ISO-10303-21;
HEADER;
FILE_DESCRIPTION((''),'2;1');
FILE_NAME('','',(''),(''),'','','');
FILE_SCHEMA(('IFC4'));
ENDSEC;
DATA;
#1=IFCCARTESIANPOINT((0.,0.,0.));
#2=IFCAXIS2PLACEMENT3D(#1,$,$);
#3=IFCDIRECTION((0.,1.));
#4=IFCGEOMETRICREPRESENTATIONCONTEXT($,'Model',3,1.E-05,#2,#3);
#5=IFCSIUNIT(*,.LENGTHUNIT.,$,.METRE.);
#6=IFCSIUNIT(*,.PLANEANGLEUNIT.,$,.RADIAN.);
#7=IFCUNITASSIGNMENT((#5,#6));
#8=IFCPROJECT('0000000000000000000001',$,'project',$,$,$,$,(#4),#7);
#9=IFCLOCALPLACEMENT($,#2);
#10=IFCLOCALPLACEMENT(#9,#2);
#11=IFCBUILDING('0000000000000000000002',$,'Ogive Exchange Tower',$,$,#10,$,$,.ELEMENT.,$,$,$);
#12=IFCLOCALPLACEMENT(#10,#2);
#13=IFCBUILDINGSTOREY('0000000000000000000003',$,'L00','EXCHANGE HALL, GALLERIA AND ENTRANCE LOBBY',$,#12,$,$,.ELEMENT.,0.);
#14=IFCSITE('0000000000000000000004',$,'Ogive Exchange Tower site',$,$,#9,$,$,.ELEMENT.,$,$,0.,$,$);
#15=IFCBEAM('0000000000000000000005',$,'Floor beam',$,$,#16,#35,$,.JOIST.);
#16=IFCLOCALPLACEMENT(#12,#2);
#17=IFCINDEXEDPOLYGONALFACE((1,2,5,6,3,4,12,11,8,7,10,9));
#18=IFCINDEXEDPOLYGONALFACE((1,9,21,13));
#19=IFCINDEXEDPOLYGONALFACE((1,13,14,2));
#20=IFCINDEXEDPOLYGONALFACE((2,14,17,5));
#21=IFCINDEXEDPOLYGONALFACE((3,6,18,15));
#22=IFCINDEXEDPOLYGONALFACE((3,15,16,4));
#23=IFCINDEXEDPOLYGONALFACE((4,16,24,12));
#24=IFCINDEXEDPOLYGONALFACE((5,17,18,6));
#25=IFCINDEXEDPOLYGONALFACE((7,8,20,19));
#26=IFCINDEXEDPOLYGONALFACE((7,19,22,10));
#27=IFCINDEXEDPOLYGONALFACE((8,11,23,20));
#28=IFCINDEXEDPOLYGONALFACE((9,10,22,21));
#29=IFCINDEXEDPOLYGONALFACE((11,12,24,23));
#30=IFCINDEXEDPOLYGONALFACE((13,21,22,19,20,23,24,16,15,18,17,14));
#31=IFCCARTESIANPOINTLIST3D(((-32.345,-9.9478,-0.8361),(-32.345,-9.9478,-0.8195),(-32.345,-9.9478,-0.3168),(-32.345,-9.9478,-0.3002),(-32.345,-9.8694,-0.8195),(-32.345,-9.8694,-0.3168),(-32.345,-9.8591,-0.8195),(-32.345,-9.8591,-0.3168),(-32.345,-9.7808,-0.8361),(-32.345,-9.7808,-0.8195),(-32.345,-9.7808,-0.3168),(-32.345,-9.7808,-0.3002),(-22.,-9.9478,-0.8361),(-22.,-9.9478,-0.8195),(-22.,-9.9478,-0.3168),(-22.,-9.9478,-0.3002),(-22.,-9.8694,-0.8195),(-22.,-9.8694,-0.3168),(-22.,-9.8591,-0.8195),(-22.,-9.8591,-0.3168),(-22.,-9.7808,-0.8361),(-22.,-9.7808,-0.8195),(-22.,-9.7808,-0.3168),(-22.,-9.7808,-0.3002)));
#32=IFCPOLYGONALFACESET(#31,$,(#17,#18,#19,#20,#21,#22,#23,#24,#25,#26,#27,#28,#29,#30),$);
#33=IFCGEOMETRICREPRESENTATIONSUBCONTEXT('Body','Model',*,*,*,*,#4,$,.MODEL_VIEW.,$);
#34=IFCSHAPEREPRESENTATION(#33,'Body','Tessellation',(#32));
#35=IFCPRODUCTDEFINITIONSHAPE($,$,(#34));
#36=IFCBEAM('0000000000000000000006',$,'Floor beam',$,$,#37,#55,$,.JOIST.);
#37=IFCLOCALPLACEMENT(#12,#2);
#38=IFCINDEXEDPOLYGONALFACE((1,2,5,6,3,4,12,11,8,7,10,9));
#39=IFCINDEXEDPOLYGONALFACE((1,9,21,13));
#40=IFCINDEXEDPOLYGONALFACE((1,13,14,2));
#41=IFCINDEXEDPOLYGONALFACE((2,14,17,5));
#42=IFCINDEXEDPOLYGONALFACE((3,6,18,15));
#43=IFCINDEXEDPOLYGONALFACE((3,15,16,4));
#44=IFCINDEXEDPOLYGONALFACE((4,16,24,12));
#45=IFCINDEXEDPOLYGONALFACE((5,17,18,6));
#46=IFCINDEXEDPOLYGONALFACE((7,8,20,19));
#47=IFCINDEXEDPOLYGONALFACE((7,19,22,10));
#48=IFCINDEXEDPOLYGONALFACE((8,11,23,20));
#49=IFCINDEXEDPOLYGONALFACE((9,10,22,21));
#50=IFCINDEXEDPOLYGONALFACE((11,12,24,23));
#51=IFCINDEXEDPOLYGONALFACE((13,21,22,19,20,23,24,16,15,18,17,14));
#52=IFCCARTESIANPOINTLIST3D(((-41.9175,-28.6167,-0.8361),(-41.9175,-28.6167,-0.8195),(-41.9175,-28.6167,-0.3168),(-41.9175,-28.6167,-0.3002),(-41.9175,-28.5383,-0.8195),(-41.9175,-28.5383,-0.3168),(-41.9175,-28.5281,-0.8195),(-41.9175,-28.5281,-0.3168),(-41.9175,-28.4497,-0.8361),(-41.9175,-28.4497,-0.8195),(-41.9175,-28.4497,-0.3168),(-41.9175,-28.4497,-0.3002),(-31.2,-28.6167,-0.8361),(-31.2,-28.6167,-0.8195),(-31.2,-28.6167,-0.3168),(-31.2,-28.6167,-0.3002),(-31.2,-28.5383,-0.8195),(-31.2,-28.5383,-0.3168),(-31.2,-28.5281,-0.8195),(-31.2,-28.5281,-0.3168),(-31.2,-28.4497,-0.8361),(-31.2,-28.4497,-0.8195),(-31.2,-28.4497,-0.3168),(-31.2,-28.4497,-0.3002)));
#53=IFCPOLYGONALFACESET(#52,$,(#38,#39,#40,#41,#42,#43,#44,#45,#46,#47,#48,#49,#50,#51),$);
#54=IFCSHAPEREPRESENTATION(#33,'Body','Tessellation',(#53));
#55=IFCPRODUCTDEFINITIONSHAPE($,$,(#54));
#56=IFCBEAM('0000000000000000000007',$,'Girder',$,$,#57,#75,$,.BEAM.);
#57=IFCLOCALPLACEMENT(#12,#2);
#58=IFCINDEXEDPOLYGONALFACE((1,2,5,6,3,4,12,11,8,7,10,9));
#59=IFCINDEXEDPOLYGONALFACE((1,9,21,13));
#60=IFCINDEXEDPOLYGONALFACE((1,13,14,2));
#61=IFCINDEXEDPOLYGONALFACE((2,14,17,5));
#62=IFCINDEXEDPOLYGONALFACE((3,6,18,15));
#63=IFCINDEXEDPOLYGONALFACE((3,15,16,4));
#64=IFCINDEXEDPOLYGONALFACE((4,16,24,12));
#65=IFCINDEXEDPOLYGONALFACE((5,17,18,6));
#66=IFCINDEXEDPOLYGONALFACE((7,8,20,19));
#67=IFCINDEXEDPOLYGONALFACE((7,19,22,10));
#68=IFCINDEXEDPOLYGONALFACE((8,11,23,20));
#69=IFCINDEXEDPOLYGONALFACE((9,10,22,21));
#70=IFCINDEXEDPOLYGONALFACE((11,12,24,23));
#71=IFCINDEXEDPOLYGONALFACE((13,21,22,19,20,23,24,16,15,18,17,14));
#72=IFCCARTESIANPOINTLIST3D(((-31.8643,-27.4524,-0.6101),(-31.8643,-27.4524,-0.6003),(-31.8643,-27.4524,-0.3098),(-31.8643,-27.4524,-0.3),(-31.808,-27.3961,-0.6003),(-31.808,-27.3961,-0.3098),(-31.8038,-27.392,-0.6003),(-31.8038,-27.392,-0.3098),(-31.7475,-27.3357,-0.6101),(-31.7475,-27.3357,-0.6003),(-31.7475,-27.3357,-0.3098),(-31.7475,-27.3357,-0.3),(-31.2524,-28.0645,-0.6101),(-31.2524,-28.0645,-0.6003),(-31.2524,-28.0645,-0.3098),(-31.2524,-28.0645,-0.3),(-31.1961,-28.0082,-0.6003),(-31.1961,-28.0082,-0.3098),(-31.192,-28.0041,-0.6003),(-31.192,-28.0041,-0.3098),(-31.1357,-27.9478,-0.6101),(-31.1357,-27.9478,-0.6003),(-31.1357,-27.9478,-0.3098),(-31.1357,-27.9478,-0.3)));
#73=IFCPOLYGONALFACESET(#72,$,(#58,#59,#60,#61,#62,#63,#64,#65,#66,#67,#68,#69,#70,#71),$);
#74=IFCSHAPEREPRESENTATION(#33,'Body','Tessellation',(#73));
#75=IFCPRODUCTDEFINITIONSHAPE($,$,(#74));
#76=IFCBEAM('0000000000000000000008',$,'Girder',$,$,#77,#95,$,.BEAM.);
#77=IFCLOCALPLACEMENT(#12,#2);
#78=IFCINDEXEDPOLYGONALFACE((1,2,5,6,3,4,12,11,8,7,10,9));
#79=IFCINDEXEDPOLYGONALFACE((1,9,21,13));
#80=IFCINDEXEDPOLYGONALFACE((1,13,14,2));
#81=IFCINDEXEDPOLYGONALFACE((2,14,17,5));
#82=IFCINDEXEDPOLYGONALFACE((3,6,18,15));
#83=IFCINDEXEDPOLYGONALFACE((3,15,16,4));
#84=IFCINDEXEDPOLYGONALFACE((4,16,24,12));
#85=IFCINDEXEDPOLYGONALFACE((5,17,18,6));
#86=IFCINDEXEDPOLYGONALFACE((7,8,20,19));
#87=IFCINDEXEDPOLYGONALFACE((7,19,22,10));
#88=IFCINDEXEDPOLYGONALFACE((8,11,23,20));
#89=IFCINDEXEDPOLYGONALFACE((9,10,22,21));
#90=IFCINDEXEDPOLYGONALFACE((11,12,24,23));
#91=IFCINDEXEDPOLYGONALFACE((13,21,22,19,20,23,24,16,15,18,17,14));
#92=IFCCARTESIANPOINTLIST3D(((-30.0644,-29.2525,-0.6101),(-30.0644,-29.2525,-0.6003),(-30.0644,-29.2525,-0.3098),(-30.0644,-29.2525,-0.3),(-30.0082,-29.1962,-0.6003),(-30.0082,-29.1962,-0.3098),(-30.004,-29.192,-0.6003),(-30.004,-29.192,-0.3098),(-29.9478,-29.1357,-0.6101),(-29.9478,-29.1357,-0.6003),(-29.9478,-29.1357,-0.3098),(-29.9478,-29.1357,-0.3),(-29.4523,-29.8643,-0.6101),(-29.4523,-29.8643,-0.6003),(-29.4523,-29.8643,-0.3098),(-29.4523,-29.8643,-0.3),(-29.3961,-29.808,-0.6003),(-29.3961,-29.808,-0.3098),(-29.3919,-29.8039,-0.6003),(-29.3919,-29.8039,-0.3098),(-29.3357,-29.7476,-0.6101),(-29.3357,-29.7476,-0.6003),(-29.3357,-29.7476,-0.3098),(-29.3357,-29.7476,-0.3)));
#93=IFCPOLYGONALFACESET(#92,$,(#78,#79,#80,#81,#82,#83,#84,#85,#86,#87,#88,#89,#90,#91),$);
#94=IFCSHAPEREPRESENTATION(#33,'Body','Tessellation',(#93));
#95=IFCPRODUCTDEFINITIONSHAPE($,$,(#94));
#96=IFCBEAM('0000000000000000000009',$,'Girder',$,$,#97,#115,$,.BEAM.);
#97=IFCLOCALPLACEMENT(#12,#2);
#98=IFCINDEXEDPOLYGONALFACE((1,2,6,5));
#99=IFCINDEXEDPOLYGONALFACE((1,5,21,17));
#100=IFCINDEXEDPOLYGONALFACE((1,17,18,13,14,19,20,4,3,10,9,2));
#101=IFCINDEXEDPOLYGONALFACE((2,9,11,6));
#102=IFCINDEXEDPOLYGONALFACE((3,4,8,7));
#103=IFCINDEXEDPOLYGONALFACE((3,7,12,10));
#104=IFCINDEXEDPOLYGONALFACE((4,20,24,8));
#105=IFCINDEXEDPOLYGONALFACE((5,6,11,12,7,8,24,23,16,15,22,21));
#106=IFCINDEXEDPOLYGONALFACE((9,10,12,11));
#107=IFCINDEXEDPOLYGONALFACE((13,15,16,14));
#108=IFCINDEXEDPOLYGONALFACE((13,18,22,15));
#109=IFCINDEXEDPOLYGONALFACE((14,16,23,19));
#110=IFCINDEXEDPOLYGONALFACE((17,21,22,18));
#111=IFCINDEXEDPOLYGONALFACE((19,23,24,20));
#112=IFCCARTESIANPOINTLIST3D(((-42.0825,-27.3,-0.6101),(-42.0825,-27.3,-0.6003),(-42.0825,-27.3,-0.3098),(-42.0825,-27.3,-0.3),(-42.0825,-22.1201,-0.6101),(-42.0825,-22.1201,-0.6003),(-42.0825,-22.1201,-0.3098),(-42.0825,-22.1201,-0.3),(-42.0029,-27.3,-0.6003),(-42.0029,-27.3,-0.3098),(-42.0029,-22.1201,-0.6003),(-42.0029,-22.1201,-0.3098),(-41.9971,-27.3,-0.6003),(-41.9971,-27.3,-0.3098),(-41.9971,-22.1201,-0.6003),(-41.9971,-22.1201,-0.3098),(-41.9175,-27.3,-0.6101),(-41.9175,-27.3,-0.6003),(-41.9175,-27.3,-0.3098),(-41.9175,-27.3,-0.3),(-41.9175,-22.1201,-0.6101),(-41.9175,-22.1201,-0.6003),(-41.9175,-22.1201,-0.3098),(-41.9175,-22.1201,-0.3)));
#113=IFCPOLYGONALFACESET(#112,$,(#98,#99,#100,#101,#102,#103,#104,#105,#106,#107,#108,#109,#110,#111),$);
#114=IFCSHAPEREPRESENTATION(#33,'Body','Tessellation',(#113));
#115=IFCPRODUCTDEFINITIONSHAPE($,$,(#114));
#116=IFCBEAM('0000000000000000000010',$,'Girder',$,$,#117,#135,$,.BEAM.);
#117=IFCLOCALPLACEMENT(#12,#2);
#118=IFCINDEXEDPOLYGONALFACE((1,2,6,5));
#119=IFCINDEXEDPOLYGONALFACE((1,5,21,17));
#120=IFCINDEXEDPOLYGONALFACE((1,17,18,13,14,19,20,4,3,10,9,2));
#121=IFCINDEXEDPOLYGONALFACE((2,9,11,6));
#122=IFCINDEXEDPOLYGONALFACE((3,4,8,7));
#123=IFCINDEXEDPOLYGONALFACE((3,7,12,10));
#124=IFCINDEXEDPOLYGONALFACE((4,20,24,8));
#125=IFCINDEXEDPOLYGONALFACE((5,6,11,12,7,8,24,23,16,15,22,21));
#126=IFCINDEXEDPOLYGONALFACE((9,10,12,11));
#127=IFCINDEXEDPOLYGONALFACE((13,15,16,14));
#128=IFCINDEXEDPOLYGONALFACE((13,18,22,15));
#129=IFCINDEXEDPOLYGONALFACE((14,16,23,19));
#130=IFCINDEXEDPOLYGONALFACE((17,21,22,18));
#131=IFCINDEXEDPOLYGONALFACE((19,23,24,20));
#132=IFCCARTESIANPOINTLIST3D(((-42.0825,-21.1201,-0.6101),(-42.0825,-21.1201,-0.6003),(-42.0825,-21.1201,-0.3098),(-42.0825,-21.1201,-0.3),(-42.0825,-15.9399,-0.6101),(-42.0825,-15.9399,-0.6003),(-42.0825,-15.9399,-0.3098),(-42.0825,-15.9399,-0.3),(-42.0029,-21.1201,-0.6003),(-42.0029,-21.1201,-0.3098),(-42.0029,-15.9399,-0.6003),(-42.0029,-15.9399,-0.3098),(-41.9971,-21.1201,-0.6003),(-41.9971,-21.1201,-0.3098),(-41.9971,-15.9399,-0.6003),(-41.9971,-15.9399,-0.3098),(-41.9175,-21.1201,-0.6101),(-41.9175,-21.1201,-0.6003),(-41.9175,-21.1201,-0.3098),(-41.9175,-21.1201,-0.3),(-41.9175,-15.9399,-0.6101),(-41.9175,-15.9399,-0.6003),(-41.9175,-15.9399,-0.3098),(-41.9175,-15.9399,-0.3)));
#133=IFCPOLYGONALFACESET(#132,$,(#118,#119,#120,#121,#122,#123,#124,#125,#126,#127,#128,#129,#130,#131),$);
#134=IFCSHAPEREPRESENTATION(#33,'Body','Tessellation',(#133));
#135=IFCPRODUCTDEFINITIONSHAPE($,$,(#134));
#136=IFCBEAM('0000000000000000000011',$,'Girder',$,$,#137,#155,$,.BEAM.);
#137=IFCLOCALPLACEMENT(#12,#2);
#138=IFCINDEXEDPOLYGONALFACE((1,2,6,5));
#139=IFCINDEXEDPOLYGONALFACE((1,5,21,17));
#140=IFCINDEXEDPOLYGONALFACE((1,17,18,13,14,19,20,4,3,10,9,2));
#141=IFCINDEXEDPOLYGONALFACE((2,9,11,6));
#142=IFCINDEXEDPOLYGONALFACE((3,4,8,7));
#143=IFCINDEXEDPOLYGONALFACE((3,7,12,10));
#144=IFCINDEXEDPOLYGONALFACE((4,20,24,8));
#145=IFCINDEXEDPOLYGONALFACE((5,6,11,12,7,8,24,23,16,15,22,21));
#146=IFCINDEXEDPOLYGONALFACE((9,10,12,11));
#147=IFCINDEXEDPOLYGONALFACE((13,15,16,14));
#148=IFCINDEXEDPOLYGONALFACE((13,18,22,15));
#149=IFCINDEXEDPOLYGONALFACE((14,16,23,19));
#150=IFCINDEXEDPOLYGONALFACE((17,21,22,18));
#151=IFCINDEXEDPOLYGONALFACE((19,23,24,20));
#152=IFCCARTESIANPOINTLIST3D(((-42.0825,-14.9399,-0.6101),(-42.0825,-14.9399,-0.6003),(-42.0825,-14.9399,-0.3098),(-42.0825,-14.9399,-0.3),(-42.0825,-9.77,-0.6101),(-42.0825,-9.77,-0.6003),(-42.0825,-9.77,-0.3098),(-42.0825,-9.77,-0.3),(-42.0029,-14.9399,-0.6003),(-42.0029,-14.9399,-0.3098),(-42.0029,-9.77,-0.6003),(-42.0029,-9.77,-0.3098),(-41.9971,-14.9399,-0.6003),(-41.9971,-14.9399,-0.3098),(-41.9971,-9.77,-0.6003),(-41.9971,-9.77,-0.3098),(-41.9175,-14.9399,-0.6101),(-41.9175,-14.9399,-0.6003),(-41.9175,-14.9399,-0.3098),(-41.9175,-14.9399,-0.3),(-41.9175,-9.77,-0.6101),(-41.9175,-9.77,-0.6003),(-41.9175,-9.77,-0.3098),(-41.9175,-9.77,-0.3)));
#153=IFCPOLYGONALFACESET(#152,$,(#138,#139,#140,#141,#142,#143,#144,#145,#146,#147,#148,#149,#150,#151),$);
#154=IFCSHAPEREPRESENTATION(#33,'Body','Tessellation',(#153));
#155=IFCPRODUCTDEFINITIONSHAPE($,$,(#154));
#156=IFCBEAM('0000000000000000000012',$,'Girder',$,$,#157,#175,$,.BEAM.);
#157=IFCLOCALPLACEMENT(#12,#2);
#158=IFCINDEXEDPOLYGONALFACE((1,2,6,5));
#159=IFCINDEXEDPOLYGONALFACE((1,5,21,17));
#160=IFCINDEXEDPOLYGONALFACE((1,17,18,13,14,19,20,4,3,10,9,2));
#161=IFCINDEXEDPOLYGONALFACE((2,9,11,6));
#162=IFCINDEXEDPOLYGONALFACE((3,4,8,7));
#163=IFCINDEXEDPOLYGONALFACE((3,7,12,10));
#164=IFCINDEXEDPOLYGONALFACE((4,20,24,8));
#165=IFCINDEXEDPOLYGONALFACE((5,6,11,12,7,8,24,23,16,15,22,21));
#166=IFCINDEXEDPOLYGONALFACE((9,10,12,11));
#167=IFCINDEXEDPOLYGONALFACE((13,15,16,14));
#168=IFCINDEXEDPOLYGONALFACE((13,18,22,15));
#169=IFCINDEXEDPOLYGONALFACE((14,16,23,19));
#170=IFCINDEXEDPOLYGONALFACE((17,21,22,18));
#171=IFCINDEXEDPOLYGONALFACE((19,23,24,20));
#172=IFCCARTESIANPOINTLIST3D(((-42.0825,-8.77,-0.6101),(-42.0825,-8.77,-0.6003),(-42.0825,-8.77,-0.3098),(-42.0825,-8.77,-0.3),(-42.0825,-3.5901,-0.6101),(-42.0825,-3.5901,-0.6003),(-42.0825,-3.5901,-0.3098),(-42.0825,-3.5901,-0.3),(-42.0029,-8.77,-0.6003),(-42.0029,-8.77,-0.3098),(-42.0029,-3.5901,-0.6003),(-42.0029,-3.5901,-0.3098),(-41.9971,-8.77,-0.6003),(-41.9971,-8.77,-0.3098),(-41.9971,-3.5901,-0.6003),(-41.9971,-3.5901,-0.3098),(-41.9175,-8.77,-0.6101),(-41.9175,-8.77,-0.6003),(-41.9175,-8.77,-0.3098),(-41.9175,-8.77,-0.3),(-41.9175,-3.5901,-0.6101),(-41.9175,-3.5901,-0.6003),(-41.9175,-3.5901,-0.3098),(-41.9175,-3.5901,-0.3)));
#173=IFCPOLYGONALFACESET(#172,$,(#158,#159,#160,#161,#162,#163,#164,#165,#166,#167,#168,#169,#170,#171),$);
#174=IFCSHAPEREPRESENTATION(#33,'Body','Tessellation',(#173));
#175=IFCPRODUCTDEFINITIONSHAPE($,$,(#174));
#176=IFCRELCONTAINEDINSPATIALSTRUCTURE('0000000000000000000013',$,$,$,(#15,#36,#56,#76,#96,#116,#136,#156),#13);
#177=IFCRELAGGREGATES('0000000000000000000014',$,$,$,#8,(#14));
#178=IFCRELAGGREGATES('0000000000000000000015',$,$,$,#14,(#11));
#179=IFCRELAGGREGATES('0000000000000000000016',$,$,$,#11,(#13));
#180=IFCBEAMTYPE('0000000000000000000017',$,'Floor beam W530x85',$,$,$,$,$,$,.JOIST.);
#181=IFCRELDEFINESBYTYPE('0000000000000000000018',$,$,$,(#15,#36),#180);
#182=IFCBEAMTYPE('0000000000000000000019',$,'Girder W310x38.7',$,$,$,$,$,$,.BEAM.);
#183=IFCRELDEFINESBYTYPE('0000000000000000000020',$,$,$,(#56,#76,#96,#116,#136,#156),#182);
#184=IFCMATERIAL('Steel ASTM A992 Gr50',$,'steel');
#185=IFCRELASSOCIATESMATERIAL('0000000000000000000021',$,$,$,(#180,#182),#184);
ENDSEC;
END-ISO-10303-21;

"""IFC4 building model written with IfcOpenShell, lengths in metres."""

from ifc_helpers import new_model, si_unit, direction, frame, origin, origin_2d, place, context, subcontext, project, spatial, i_section, extrude, material, material_profile, profile_set, type_object, element, save


model = new_model("IFC4")

# Units and contexts
model_context = context("Model", 3, precision=1e-05, world=origin(), true_north=direction((0.0, 1.0)))
body_context = subcontext(model_context, "Body", "Model", "MODEL_VIEW")
ifc_project = project(units=[si_unit("LENGTHUNIT", "METRE"), si_unit("PLANEANGLEUNIT", "RADIAN")], contexts=[model_context])

# Site, building, storey
site_placement = place(None, origin())
site = spatial("IfcSite", under=ifc_project, at=site_placement, Name="Ogive Exchange Tower site", CompositionType="ELEMENT", RefElevation=0.0)
building_placement = place(site_placement, origin())
building = spatial("IfcBuilding", under=site, at=building_placement, Name="Ogive Exchange Tower", CompositionType="ELEMENT")
storey_placement = place(building_placement, origin())
storey = spatial("IfcBuildingStorey", under=building, at=storey_placement, Name="L00", Description="EXCHANGE HALL, GALLERIA AND ENTRANCE LOBBY", CompositionType="ELEMENT", Elevation=0.0)

# Beams
ifc_material_1 = material(Name="Steel ASTM A992 Gr50", Category="steel")
ifc_material_profile_1 = material_profile(ifc_material_1, i_section(OverallWidth=0.167, OverallDepth=0.5359, WebThickness=0.0103, FlangeThickness=0.0166, at=origin_2d()), Name="W530x85")
ifc_profile_set_1 = profile_set([ifc_material_profile_1], Name="Steel ASTM A992 Gr50")
beam_type_1 = type_object("IfcBeamType", Name="Floor beam W530x85", PredefinedType="JOIST", material=ifc_profile_set_1)
beam_1_placement = place(storey_placement, frame((-32.345, -9.8643, -0.5681), z_axis=(1.0, 0.0, 0.0), x_axis=(0.0, 1.0, 0.0)))
element("IfcBeam", 1, at=beam_1_placement, inside=storey, type_object=beam_type_1, Name="Floor beam", PredefinedType="JOIST", context=body_context, shape_type="SweptSolid", body=[
    extrude(i_section(OverallWidth=0.167, OverallDepth=0.5359, WebThickness=0.0103, FlangeThickness=0.0166, at=origin_2d()), origin(), (0.0, 0.0, 1.0), 10.345),
])
beam_2_placement = place(storey_placement, frame((-41.9175, -28.5332, -0.5681), z_axis=(1.0, 0.0, 0.0), x_axis=(0.0, 1.0, 0.0)))
element("IfcBeam", 2, at=beam_2_placement, inside=storey, type_object=beam_type_1, Name="Floor beam", PredefinedType="JOIST", context=body_context, shape_type="SweptSolid", body=[
    extrude(i_section(OverallWidth=0.167, OverallDepth=0.5359, WebThickness=0.0103, FlangeThickness=0.0166, at=origin_2d()), origin(), (0.0, 0.0, 1.0), 10.7175),
])
ifc_material_profile_2 = material_profile(ifc_material_1, i_section(OverallWidth=0.165, OverallDepth=0.3101, WebThickness=0.0059, FlangeThickness=0.0098, at=origin_2d()), Name="W310x38.7")
ifc_profile_set_2 = profile_set([ifc_material_profile_2], Name="Steel ASTM A992 Gr50")
beam_type_2 = type_object("IfcBeamType", Name="Girder W310x38.7", PredefinedType="BEAM", material=ifc_profile_set_2)
for number, where, z_axis, x_axis, name in (
    (3, (-31.8059, -27.394, -0.4551), (0.706966, -0.707248, 0.0), (0.707248, 0.706966, 0.0), "Girder"),
    (4, (-30.0061, -29.1941, -0.4551), (0.707248, -0.706966, 0.0), (0.706966, 0.707248, 0.0), "Girder"),
):
    element("IfcBeam", number, at=place(storey_placement, frame(where, z_axis=z_axis, x_axis=x_axis)), inside=storey, type_object=beam_type_2, Name=name, PredefinedType="BEAM", context=body_context, shape_type="SweptSolid", body=[
        extrude(i_section(OverallWidth=0.165, OverallDepth=0.3101, WebThickness=0.0059, FlangeThickness=0.0098, at=origin_2d()), origin(), (0.0, 0.0, 1.0), 0.8655),
    ])
beam_3_placement = place(storey_placement, frame((-42.0, -27.3, -0.4551), z_axis=(0.0, 1.0, 0.0), x_axis=(-1.0, 0.0, 0.0)))
element("IfcBeam", 5, at=beam_3_placement, inside=storey, type_object=beam_type_2, Name="Girder", PredefinedType="BEAM", context=body_context, shape_type="SweptSolid", body=[
    extrude(i_section(OverallWidth=0.165, OverallDepth=0.3101, WebThickness=0.0059, FlangeThickness=0.0098, at=origin_2d()), origin(), (0.0, 0.0, 1.0), 5.1799),
])
beam_4_placement = place(storey_placement, frame((-42.0, -21.1201, -0.4551), z_axis=(0.0, 1.0, 0.0), x_axis=(-1.0, 0.0, 0.0)))
element("IfcBeam", 6, at=beam_4_placement, inside=storey, type_object=beam_type_2, Name="Girder", PredefinedType="BEAM", context=body_context, shape_type="SweptSolid", body=[
    extrude(i_section(OverallWidth=0.165, OverallDepth=0.3101, WebThickness=0.0059, FlangeThickness=0.0098, at=origin_2d()), origin(), (0.0, 0.0, 1.0), 5.1802),
])
beam_5_placement = place(storey_placement, frame((-42.0, -14.9399, -0.4551), z_axis=(0.0, 1.0, 0.0), x_axis=(-1.0, 0.0, 0.0)))
element("IfcBeam", 7, at=beam_5_placement, inside=storey, type_object=beam_type_2, Name="Girder", PredefinedType="BEAM", context=body_context, shape_type="SweptSolid", body=[
    extrude(i_section(OverallWidth=0.165, OverallDepth=0.3101, WebThickness=0.0059, FlangeThickness=0.0098, at=origin_2d()), origin(), (0.0, 0.0, 1.0), 5.1699),
])
beam_6_placement = place(storey_placement, frame((-42.0, -8.77, -0.4551), z_axis=(0.0, 1.0, 0.0), x_axis=(-1.0, 0.0, 0.0)))
element("IfcBeam", 8, at=beam_6_placement, inside=storey, type_object=beam_type_2, Name="Girder", PredefinedType="BEAM", context=body_context, shape_type="SweptSolid", body=[
    extrude(i_section(OverallWidth=0.165, OverallDepth=0.3101, WebThickness=0.0059, FlangeThickness=0.0098, at=origin_2d()), origin(), (0.0, 0.0, 1.0), 5.1799),
])

save(model, "model.ifc")
